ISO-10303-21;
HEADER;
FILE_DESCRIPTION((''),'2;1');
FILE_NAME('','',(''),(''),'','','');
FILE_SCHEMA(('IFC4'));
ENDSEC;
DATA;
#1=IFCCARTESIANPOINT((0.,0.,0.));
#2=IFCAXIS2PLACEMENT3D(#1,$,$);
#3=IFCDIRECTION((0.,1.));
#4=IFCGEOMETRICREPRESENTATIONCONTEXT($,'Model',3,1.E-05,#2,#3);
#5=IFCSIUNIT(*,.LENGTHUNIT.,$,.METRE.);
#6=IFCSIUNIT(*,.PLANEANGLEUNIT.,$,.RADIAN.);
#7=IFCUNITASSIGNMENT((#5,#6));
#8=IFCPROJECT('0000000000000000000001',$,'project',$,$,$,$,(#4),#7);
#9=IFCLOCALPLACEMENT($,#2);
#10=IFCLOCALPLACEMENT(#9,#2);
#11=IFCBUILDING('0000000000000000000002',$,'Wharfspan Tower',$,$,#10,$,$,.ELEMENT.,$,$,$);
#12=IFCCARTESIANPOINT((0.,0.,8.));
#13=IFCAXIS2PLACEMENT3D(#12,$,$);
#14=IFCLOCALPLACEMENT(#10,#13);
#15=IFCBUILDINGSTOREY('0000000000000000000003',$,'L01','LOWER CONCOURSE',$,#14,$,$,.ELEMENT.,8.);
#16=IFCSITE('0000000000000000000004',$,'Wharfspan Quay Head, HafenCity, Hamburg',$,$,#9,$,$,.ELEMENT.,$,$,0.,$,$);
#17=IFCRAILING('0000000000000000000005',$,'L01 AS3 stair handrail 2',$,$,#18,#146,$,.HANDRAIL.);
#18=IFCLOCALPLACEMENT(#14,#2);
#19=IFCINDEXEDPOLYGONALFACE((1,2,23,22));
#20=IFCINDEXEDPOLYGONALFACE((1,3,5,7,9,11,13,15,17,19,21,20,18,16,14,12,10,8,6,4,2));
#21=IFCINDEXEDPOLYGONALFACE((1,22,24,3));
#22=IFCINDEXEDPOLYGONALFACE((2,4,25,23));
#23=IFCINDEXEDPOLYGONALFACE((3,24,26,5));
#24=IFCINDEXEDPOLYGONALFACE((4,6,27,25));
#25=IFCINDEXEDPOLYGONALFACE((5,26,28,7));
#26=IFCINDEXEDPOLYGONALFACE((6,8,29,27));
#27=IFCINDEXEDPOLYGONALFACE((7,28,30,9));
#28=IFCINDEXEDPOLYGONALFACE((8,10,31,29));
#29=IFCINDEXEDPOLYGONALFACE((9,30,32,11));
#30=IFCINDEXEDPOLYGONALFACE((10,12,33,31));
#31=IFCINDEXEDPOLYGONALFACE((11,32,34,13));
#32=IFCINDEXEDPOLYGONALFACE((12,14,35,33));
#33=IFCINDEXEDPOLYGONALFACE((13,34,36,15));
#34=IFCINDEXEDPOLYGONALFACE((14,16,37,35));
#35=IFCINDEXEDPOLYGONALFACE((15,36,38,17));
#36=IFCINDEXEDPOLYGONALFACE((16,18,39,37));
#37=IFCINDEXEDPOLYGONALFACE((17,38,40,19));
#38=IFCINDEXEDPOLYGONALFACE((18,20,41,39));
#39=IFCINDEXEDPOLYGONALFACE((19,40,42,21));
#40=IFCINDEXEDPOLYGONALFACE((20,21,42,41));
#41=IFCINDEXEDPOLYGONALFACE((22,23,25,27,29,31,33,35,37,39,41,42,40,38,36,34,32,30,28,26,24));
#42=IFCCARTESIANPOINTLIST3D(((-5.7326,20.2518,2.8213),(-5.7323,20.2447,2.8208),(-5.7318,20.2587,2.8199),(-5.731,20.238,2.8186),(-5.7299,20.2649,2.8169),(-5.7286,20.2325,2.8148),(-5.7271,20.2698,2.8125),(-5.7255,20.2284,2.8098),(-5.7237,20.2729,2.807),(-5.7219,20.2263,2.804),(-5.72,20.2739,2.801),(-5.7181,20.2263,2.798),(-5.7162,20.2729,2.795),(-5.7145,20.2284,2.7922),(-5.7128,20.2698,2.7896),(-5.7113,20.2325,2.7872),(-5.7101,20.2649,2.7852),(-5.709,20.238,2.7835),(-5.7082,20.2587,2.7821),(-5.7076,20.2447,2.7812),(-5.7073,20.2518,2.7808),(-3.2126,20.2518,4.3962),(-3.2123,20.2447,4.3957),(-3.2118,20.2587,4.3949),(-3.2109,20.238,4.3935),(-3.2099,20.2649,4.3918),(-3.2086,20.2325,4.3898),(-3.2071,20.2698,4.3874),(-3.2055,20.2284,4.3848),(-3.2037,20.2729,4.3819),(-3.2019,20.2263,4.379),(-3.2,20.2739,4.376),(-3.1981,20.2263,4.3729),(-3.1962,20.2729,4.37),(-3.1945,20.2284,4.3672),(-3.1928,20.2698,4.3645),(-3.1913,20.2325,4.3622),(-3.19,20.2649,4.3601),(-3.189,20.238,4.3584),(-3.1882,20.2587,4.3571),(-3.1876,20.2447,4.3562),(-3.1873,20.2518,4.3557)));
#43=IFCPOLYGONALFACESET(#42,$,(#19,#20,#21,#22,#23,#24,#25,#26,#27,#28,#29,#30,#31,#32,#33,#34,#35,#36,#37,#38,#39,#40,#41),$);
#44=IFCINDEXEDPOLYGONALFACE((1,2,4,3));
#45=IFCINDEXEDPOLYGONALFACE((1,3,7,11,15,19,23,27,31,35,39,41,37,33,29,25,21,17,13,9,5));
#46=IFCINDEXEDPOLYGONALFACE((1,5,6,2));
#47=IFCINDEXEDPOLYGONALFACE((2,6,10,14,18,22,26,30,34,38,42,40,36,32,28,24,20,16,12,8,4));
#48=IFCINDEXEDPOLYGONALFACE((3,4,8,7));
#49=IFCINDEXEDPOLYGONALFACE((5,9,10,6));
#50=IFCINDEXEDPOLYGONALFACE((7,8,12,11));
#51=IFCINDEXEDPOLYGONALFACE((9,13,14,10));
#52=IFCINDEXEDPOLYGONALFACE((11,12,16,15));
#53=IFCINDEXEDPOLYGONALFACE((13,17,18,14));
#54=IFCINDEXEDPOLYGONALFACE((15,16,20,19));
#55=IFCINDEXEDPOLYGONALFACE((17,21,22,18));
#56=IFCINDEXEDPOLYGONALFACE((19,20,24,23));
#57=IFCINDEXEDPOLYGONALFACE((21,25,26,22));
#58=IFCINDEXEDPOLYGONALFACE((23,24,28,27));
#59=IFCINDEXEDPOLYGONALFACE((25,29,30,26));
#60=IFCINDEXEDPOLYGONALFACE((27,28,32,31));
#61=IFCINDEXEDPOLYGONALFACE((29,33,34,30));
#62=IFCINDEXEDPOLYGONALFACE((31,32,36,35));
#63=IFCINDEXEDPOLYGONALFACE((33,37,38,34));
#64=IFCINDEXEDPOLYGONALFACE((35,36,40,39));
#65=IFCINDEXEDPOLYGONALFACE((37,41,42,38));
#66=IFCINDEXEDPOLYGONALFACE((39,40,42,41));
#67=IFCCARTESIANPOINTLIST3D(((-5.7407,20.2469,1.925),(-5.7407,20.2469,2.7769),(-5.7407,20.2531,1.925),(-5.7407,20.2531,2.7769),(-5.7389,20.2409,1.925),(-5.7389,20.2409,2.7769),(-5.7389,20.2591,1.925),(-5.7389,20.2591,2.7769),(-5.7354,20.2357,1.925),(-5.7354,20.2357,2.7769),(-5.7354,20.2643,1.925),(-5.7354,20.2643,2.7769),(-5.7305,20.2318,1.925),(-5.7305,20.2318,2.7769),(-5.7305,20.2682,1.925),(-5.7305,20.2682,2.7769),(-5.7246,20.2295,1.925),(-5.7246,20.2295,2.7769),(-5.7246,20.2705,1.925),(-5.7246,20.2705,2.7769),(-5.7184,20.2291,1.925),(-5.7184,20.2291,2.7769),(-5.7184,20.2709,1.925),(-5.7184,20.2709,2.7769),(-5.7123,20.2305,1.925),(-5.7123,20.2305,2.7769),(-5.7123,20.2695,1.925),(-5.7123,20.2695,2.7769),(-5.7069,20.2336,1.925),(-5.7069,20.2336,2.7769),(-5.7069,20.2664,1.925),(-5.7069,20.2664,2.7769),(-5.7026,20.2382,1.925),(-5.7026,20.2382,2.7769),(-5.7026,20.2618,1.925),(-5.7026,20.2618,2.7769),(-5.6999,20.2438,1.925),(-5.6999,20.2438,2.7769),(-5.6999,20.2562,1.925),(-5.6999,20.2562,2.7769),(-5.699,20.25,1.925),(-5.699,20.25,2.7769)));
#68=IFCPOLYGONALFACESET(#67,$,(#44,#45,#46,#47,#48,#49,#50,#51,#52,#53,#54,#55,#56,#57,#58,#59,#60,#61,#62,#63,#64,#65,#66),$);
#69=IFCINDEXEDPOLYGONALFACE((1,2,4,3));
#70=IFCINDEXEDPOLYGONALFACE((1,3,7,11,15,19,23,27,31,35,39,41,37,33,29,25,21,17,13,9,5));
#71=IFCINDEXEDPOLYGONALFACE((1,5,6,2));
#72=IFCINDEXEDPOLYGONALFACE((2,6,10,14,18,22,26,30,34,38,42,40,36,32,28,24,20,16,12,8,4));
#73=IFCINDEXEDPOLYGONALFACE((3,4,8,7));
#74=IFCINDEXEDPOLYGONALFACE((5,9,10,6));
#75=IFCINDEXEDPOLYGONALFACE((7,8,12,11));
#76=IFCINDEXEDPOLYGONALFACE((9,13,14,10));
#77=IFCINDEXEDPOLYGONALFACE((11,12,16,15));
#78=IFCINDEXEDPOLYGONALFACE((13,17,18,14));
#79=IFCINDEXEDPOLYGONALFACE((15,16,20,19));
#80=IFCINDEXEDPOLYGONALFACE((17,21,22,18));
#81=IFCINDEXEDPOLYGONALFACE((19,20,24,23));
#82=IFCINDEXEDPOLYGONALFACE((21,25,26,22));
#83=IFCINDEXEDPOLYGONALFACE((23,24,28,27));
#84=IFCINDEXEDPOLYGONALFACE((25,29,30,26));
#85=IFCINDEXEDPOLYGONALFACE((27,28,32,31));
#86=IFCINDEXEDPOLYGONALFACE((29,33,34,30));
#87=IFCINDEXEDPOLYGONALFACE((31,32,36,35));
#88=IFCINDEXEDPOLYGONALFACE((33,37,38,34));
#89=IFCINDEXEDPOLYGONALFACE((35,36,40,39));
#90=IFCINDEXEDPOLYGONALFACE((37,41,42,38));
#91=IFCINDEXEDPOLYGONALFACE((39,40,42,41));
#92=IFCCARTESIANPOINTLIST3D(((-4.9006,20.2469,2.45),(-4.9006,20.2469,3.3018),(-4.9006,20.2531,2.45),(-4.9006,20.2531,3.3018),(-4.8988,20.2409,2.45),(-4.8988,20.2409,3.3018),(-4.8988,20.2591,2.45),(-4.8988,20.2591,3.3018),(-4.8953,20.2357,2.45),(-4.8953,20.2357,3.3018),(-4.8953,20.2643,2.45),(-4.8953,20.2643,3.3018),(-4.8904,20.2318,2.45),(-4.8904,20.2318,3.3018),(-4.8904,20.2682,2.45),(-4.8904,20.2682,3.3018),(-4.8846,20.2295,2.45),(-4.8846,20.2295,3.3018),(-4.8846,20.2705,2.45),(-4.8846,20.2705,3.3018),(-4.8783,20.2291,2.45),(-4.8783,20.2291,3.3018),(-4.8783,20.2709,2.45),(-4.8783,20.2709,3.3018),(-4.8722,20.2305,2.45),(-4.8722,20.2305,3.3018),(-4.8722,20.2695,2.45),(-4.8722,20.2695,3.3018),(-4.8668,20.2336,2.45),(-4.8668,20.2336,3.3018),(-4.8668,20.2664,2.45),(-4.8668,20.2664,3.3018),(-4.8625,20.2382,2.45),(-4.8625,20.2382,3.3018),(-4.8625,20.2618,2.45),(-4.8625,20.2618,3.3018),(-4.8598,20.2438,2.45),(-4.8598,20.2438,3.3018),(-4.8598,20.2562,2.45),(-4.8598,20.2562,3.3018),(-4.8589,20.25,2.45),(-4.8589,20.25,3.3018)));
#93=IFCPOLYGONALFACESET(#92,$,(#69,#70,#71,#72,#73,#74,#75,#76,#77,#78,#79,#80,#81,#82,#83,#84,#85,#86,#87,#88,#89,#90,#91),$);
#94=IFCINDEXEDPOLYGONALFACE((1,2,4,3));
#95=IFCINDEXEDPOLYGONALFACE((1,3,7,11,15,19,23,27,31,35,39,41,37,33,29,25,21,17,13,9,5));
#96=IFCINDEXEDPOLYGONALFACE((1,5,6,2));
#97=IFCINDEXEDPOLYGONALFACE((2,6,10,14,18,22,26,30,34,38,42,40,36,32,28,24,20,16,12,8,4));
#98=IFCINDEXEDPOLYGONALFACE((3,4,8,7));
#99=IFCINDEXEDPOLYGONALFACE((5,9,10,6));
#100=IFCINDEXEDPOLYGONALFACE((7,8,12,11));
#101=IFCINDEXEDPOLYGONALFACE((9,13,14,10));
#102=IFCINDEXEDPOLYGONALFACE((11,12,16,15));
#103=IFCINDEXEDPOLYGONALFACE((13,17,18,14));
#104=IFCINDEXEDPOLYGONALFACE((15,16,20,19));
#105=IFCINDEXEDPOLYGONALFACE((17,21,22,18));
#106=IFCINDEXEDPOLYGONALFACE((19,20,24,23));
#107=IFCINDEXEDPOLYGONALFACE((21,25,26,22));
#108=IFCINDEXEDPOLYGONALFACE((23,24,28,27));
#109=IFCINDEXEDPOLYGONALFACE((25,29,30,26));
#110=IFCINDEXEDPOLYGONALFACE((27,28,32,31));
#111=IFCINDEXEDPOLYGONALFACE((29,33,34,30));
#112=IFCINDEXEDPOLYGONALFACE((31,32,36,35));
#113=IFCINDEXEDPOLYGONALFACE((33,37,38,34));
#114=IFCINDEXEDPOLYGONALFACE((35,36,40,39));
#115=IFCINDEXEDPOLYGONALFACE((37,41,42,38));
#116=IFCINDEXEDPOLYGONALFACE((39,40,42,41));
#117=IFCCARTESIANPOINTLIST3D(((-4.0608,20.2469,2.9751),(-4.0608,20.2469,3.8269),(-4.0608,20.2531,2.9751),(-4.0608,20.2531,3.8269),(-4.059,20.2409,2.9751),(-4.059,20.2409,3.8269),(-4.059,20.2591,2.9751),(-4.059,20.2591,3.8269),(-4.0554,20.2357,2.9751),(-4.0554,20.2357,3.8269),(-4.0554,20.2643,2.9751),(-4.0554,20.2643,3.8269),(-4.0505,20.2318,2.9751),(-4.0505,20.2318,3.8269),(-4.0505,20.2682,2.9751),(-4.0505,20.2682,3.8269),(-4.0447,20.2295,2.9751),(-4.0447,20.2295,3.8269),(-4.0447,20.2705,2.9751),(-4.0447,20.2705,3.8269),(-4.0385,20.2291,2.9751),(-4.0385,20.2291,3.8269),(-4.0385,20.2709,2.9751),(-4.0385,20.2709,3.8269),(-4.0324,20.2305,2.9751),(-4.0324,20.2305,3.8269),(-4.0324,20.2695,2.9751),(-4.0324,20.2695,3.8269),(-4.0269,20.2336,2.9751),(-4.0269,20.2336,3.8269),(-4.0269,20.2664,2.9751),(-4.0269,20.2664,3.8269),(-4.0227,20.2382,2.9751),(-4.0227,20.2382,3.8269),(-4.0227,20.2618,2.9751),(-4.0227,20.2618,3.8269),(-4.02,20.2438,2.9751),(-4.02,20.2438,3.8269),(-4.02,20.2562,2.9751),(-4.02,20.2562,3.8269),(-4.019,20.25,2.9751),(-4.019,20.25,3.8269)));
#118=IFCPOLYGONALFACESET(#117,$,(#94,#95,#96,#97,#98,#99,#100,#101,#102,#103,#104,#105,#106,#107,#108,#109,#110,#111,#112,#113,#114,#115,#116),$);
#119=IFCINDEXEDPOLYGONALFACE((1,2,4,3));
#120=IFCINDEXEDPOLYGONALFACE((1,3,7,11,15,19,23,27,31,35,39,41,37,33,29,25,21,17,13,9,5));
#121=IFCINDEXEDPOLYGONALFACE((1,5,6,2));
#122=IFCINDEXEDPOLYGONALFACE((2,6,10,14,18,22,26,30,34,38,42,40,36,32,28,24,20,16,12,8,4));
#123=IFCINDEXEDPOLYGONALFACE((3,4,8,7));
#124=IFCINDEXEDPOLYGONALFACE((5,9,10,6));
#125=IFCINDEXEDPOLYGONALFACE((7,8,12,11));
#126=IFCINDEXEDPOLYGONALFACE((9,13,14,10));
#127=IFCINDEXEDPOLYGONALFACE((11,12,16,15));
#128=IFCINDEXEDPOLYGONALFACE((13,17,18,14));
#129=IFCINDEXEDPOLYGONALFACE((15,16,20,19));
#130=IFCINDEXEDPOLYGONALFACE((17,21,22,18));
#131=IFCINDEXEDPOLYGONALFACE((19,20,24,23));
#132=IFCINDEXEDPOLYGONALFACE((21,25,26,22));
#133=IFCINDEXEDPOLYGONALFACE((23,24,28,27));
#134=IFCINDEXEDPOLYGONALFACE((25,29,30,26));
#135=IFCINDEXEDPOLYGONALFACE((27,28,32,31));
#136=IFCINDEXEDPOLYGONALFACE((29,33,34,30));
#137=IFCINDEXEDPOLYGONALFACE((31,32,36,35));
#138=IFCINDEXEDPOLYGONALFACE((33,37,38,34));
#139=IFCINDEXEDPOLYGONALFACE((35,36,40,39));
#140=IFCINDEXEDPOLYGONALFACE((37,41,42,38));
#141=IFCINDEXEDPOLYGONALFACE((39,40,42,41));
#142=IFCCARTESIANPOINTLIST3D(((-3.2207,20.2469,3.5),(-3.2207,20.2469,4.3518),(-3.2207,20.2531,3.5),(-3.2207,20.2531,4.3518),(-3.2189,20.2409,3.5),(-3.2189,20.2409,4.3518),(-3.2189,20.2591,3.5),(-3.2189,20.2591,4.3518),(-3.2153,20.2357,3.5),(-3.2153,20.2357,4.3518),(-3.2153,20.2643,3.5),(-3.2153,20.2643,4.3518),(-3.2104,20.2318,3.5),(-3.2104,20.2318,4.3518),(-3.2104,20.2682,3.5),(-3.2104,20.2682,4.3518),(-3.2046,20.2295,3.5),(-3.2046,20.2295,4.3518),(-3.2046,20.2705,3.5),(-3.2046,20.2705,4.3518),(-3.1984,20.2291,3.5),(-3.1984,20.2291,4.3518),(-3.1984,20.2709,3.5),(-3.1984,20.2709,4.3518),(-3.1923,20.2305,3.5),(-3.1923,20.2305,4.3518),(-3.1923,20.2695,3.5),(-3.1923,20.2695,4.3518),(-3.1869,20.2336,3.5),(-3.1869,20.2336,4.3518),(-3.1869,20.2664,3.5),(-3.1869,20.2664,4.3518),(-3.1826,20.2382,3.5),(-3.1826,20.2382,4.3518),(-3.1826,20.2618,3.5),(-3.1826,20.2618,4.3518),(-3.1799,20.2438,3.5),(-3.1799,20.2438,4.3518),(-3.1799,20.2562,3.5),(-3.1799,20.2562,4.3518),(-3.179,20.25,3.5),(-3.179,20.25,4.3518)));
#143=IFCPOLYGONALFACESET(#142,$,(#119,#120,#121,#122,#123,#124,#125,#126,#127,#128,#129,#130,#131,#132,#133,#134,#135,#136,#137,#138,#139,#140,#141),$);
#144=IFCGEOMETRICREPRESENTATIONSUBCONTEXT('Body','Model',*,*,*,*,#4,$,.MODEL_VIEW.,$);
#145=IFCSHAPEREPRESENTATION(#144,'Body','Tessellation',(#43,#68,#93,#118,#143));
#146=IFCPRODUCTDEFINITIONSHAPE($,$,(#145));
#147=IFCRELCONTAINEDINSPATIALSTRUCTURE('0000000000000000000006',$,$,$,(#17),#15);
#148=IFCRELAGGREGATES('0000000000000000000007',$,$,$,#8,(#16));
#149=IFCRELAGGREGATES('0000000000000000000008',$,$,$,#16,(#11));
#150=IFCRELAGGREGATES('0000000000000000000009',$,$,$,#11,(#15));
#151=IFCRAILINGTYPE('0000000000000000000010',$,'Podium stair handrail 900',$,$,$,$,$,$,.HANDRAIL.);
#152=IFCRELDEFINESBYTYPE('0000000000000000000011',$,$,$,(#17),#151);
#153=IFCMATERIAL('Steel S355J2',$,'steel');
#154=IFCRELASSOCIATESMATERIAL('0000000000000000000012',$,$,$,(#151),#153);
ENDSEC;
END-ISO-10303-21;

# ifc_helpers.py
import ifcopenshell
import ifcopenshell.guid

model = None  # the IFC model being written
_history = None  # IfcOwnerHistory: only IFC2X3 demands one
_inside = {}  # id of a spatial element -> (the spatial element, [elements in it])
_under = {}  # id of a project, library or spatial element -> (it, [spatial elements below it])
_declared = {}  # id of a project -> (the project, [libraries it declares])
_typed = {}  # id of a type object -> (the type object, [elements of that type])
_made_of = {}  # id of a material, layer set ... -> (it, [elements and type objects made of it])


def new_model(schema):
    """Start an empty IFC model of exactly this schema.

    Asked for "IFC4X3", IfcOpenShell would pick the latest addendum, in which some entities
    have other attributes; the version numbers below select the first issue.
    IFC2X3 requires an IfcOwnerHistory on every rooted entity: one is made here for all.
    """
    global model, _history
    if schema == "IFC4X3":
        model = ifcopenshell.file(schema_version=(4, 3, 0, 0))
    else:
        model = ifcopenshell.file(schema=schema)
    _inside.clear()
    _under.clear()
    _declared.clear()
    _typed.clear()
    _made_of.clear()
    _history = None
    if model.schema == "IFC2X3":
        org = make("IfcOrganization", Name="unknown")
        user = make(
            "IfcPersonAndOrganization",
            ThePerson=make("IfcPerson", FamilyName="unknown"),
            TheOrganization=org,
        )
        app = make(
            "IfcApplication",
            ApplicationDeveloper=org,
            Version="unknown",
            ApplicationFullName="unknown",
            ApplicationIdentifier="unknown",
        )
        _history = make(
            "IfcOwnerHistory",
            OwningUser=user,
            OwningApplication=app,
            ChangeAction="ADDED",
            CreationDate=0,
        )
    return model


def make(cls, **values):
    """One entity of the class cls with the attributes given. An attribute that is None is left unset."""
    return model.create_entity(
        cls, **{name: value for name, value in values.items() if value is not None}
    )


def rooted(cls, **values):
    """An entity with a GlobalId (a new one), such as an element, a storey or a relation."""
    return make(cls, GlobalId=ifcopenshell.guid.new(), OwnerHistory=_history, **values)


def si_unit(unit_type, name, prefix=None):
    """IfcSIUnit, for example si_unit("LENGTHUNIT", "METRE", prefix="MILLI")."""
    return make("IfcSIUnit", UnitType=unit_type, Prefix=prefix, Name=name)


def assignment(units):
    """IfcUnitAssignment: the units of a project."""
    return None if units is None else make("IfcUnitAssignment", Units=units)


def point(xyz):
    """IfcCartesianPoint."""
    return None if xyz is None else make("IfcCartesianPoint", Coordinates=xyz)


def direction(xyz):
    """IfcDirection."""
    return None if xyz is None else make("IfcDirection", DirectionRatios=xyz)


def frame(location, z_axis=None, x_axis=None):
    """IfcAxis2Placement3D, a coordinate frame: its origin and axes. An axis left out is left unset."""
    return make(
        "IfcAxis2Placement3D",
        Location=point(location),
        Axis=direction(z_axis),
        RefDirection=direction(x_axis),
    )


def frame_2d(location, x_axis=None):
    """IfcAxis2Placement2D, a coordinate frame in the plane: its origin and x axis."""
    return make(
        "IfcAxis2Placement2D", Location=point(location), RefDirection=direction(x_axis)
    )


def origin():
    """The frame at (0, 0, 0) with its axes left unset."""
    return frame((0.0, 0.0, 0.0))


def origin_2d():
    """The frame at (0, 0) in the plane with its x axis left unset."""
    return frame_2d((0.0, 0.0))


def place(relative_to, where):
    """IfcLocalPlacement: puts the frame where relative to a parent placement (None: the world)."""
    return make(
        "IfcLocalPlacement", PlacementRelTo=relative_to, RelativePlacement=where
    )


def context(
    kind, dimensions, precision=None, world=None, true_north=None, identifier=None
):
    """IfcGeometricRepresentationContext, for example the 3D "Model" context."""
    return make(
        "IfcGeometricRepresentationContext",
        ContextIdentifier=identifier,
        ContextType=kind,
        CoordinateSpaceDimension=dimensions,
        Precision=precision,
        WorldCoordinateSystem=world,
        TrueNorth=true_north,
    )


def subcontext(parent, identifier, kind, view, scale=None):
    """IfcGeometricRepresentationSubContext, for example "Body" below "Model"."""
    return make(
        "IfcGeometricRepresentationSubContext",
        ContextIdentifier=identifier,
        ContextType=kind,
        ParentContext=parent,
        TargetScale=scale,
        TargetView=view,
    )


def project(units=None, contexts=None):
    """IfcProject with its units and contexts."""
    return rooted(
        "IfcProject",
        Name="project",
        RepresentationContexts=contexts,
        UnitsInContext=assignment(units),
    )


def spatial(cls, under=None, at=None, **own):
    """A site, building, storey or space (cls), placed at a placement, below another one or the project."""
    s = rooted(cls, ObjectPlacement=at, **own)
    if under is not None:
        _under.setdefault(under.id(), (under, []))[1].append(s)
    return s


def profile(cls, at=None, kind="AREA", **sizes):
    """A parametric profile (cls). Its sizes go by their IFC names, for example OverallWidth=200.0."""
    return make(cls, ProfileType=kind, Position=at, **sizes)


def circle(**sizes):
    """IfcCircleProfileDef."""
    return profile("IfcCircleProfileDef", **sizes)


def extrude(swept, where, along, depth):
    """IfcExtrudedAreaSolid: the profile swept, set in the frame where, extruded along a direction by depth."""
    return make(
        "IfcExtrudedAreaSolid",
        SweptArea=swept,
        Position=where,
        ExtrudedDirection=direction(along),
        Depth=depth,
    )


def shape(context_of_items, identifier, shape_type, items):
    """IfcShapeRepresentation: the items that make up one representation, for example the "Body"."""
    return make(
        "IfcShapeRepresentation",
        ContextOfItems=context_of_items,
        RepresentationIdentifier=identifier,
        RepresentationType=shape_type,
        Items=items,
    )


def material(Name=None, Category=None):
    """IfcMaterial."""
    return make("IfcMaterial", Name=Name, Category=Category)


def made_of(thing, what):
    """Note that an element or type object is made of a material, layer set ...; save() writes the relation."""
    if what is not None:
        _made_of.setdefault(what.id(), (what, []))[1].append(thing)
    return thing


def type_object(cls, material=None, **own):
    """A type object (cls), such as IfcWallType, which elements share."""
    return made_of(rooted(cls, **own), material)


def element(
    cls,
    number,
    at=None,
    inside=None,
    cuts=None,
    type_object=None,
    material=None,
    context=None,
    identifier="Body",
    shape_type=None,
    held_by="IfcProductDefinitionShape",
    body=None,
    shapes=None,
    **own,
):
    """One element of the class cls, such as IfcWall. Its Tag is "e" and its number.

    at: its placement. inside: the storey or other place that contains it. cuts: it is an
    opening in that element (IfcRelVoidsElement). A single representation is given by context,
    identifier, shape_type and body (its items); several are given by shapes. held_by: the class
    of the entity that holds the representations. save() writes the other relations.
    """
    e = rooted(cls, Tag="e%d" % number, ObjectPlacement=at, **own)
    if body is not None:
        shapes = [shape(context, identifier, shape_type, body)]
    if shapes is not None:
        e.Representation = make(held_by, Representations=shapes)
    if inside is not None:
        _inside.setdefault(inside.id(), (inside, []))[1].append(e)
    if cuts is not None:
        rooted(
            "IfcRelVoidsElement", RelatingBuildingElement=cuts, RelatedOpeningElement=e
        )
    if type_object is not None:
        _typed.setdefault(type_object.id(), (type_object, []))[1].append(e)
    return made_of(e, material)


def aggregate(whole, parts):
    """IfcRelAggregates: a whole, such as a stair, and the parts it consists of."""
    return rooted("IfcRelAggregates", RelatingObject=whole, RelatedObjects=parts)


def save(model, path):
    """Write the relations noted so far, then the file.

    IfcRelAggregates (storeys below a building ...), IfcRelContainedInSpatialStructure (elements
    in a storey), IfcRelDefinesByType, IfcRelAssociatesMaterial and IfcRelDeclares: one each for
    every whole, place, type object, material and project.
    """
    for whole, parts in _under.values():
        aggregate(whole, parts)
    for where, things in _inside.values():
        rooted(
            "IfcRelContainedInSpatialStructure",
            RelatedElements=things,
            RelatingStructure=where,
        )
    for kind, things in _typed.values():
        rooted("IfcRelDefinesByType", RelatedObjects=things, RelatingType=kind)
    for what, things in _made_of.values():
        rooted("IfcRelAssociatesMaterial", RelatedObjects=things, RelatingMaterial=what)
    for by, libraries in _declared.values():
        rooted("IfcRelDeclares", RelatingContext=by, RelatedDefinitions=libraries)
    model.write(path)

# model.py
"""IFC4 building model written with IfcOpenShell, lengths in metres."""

from ifc_helpers import new_model, si_unit, direction, frame, origin, origin_2d, place, context, subcontext, project, spatial, circle, extrude, material, type_object, element, save


model = new_model("IFC4")

# Units and contexts
model_context = context("Model", 3, precision=1e-05, world=origin(), true_north=direction((0.0, 1.0)))
body_context = subcontext(model_context, "Body", "Model", "MODEL_VIEW")
ifc_project = project(units=[si_unit("LENGTHUNIT", "METRE"), si_unit("PLANEANGLEUNIT", "RADIAN")], contexts=[model_context])

# Site, building, storey
site_placement = place(None, origin())
site = spatial("IfcSite", under=ifc_project, at=site_placement, Name="Wharfspan Quay Head, HafenCity, Hamburg", CompositionType="ELEMENT", RefElevation=0.0)
building_placement = place(site_placement, origin())
building = spatial("IfcBuilding", under=site, at=building_placement, Name="Wharfspan Tower", CompositionType="ELEMENT")
storey_placement = place(building_placement, frame((0.0, 0.0, 8.0)))
storey = spatial("IfcBuildingStorey", under=building, at=storey_placement, Name="L01", Description="LOWER CONCOURSE", CompositionType="ELEMENT", Elevation=8.0)

# Railing
ifc_material_1 = material(Name="Steel S355J2", Category="steel")
railing_type_1 = type_object("IfcRailingType", Name="Podium stair handrail 900", PredefinedType="HANDRAIL", material=ifc_material_1)
for number, where, name in (
    (1, (-5.72, 20.25, 1.925), "L01 AS3 stair handrail 2"),
):
    element("IfcRailing", number, at=place(storey_placement, frame(where)), inside=storey, type_object=railing_type_1, Name=name, PredefinedType="HANDRAIL", context=body_context, shape_type="SweptSolid", body=[
        extrude(circle(Radius=0.0239, at=origin_2d()), frame((0.0, 0.0, 0.876), z_axis=(0.848008, 0.0, 0.529984), x_axis=(0.0, 1.0, 0.0)), (0.0, 0.0, 1.0), 2.9717),
        extrude(circle(Radius=0.021, at=origin_2d()), origin(), (0.0, 0.0, 1.0), 0.8518),
        extrude(circle(Radius=0.021, at=origin_2d()), frame((0.8401, 0.0, 0.5249)), (0.0, 0.0, 1.0), 0.8518),
        extrude(circle(Radius=0.021, at=origin_2d()), frame((1.6799, 0.0, 1.05)), (0.0, 0.0, 1.0), 0.8518),
        extrude(circle(Radius=0.021, at=origin_2d()), frame((2.52, 0.0, 1.575)), (0.0, 0.0, 1.0), 0.8518),
    ])

save(model, "model.ifc")
